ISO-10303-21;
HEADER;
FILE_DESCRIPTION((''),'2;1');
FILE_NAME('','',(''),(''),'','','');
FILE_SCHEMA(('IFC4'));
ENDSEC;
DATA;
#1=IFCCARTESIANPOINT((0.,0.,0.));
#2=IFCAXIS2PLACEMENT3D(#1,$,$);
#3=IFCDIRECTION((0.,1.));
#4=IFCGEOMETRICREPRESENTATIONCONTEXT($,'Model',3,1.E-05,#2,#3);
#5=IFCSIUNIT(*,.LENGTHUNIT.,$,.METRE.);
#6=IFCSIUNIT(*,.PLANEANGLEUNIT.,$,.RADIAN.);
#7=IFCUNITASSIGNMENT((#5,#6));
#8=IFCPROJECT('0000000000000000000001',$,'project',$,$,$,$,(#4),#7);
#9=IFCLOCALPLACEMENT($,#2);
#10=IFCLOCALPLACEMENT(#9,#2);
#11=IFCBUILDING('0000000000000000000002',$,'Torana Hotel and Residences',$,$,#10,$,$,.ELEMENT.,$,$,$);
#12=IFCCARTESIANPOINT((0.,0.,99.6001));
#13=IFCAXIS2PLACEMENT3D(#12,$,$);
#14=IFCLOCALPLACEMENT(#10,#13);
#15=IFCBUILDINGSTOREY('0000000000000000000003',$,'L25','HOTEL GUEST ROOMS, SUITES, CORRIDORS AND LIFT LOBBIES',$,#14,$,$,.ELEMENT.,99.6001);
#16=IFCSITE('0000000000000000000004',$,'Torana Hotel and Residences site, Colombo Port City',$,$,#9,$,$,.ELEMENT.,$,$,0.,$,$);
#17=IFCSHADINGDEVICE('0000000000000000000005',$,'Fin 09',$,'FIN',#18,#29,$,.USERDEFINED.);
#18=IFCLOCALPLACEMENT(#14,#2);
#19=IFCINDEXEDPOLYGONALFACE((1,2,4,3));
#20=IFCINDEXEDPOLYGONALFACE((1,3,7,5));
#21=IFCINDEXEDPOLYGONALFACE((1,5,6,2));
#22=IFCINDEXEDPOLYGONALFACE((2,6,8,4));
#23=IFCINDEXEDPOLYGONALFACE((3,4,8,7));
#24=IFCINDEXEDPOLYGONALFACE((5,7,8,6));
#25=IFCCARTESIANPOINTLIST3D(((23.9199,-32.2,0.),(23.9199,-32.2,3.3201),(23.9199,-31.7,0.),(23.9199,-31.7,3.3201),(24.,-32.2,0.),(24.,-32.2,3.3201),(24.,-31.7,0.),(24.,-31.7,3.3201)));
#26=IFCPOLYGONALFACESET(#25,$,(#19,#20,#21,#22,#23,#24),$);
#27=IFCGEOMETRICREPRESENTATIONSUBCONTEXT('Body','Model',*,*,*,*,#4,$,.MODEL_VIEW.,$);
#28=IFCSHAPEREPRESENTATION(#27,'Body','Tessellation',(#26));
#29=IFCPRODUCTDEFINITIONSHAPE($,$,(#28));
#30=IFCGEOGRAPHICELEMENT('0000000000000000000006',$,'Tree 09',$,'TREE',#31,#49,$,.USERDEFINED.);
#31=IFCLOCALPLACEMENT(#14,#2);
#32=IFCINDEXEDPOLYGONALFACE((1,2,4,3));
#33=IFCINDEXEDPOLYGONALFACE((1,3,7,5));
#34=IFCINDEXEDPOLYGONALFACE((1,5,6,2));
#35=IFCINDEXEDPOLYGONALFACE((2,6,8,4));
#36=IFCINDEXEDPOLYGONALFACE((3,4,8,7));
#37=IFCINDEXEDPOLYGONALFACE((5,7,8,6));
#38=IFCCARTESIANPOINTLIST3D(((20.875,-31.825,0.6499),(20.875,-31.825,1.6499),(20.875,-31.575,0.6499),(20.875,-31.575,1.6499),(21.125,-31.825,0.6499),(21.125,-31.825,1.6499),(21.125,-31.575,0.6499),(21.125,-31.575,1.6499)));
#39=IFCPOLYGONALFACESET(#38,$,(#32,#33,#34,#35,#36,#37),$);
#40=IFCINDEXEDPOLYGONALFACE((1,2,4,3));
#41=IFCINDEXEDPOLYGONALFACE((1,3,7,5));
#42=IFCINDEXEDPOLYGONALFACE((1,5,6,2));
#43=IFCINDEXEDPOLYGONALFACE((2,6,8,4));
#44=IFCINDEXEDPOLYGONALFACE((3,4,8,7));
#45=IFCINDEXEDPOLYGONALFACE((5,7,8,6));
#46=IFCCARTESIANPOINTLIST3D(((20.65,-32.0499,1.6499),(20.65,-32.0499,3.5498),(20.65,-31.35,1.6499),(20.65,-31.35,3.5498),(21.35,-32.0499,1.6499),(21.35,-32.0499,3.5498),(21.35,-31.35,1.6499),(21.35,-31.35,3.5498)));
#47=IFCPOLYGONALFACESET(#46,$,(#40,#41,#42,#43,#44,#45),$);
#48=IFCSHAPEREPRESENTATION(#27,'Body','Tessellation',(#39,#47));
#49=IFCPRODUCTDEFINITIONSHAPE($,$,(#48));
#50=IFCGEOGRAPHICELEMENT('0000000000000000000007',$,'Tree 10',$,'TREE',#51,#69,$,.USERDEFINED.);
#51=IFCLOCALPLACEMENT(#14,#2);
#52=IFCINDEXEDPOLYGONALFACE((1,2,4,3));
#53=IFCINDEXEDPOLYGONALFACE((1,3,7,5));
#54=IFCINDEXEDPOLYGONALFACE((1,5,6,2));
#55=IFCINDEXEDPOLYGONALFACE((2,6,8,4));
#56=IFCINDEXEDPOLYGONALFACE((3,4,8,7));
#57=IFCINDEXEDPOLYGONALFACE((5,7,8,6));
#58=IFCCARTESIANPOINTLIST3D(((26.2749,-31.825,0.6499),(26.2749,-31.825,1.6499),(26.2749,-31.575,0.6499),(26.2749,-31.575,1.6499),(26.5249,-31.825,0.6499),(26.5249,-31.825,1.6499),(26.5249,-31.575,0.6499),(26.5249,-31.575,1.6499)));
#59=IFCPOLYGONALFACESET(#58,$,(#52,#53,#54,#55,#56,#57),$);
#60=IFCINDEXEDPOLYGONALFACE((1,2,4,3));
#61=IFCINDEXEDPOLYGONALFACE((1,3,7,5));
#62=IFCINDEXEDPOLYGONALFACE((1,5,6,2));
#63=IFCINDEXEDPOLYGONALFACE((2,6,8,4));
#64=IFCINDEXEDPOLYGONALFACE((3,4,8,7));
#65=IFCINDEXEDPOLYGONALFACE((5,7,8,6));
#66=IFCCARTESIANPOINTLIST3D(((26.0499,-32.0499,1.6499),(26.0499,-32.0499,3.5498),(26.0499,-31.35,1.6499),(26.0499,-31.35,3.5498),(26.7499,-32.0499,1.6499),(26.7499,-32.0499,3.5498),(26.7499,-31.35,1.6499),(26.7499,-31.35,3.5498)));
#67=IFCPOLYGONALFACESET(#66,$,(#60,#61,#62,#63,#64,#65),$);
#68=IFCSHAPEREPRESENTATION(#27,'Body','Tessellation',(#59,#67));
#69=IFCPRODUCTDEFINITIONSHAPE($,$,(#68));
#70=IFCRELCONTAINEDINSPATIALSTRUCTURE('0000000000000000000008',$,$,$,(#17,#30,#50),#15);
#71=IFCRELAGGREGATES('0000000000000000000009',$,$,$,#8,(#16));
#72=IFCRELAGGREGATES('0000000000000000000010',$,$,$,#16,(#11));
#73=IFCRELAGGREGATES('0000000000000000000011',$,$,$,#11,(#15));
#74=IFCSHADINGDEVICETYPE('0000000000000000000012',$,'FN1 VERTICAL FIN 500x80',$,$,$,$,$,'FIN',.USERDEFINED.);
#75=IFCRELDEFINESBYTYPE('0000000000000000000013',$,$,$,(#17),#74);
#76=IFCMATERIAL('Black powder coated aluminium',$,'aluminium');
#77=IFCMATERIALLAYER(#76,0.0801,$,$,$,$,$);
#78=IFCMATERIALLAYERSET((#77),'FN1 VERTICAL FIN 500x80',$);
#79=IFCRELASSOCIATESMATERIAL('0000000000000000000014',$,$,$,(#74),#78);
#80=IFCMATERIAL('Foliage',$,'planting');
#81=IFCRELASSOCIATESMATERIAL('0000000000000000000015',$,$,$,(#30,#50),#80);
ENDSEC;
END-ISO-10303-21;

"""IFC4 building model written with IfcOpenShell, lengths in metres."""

from ifc_helpers import new_model, si_unit, direction, frame, origin, origin_2d, place, context, subcontext, project, spatial, rectangle, extrude, material, layer, layer_set, type_object, element, save


model = new_model("IFC4")

# Units and contexts
model_context = context("Model", 3, precision=1e-05, world=origin(), true_north=direction((0.0, 1.0)))
body_context = subcontext(model_context, "Body", "Model", "MODEL_VIEW")
ifc_project = project(units=[si_unit("LENGTHUNIT", "METRE"), si_unit("PLANEANGLEUNIT", "RADIAN")], contexts=[model_context])

# Site, building, storey
site_placement = place(None, origin())
site = spatial("IfcSite", under=ifc_project, at=site_placement, Name="Torana Hotel and Residences site, Colombo Port City", CompositionType="ELEMENT", RefElevation=0.0)
building_placement = place(site_placement, origin())
building = spatial("IfcBuilding", under=site, at=building_placement, Name="Torana Hotel and Residences", CompositionType="ELEMENT")
storey_placement = place(building_placement, frame((0.0, 0.0, 99.6001)))
storey = spatial("IfcBuildingStorey", under=building, at=storey_placement, Name="L25", Description="HOTEL GUEST ROOMS, SUITES, CORRIDORS AND LIFT LOBBIES", CompositionType="ELEMENT", Elevation=99.6001)

# Shading device
ifc_material_1 = material(Name="Black powder coated aluminium", Category="aluminium")
ifc_layer_1 = layer(ifc_material_1, 0.0801)
ifc_layer_set_1 = layer_set([ifc_layer_1], Name="FN1 VERTICAL FIN 500x80")
shading_device_type = type_object("IfcShadingDeviceType", Name="FN1 VERTICAL FIN 500x80", ElementType="FIN", PredefinedType="USERDEFINED", material=ifc_layer_set_1)
shading_device_placement = place(storey_placement, frame((23.96, -31.95, 0.0), z_axis=(0.0, 0.0, 1.0), x_axis=(-1.0, 0.0, 0.0)))
element("IfcShadingDevice", 1, at=shading_device_placement, inside=storey, type_object=shading_device_type, Name="Fin 09", ObjectType="FIN", PredefinedType="USERDEFINED", context=body_context, shape_type="SweptSolid", body=[
    extrude(rectangle(XDim=0.0801, YDim=0.5, at=origin_2d()), origin(), (0.0, 0.0, 1.0), 3.3201),
])

# Geographic elements
ifc_material_2 = material(Name="Foliage", Category="planting")
for number, where, z_axis, x_axis, name in (
    (2, (21.0, -31.7, 0.6499), (0.0, 0.0, 1.0), (1.0, 0.0, 0.0), "Tree 09"),
    (3, (26.3999, -31.7, 0.6499), (0.0, 0.0, 1.0), (1.0, 0.0, 0.0), "Tree 10"),
):
    element("IfcGeographicElement", number, at=place(storey_placement, frame(where, z_axis=z_axis, x_axis=x_axis)), inside=storey, material=ifc_material_2, Name=name, ObjectType="TREE", PredefinedType="USERDEFINED", context=body_context, shape_type="SweptSolid", body=[
        extrude(rectangle(XDim=0.25, YDim=0.25, at=origin_2d()), origin(), (0.0, 0.0, 1.0), 1.0),
        extrude(rectangle(XDim=0.7, YDim=0.7, at=origin_2d()), frame((0.0, 0.0, 1.0)), (0.0, 0.0, 1.0), 1.8999),
    ])

save(model, "model.ifc")
